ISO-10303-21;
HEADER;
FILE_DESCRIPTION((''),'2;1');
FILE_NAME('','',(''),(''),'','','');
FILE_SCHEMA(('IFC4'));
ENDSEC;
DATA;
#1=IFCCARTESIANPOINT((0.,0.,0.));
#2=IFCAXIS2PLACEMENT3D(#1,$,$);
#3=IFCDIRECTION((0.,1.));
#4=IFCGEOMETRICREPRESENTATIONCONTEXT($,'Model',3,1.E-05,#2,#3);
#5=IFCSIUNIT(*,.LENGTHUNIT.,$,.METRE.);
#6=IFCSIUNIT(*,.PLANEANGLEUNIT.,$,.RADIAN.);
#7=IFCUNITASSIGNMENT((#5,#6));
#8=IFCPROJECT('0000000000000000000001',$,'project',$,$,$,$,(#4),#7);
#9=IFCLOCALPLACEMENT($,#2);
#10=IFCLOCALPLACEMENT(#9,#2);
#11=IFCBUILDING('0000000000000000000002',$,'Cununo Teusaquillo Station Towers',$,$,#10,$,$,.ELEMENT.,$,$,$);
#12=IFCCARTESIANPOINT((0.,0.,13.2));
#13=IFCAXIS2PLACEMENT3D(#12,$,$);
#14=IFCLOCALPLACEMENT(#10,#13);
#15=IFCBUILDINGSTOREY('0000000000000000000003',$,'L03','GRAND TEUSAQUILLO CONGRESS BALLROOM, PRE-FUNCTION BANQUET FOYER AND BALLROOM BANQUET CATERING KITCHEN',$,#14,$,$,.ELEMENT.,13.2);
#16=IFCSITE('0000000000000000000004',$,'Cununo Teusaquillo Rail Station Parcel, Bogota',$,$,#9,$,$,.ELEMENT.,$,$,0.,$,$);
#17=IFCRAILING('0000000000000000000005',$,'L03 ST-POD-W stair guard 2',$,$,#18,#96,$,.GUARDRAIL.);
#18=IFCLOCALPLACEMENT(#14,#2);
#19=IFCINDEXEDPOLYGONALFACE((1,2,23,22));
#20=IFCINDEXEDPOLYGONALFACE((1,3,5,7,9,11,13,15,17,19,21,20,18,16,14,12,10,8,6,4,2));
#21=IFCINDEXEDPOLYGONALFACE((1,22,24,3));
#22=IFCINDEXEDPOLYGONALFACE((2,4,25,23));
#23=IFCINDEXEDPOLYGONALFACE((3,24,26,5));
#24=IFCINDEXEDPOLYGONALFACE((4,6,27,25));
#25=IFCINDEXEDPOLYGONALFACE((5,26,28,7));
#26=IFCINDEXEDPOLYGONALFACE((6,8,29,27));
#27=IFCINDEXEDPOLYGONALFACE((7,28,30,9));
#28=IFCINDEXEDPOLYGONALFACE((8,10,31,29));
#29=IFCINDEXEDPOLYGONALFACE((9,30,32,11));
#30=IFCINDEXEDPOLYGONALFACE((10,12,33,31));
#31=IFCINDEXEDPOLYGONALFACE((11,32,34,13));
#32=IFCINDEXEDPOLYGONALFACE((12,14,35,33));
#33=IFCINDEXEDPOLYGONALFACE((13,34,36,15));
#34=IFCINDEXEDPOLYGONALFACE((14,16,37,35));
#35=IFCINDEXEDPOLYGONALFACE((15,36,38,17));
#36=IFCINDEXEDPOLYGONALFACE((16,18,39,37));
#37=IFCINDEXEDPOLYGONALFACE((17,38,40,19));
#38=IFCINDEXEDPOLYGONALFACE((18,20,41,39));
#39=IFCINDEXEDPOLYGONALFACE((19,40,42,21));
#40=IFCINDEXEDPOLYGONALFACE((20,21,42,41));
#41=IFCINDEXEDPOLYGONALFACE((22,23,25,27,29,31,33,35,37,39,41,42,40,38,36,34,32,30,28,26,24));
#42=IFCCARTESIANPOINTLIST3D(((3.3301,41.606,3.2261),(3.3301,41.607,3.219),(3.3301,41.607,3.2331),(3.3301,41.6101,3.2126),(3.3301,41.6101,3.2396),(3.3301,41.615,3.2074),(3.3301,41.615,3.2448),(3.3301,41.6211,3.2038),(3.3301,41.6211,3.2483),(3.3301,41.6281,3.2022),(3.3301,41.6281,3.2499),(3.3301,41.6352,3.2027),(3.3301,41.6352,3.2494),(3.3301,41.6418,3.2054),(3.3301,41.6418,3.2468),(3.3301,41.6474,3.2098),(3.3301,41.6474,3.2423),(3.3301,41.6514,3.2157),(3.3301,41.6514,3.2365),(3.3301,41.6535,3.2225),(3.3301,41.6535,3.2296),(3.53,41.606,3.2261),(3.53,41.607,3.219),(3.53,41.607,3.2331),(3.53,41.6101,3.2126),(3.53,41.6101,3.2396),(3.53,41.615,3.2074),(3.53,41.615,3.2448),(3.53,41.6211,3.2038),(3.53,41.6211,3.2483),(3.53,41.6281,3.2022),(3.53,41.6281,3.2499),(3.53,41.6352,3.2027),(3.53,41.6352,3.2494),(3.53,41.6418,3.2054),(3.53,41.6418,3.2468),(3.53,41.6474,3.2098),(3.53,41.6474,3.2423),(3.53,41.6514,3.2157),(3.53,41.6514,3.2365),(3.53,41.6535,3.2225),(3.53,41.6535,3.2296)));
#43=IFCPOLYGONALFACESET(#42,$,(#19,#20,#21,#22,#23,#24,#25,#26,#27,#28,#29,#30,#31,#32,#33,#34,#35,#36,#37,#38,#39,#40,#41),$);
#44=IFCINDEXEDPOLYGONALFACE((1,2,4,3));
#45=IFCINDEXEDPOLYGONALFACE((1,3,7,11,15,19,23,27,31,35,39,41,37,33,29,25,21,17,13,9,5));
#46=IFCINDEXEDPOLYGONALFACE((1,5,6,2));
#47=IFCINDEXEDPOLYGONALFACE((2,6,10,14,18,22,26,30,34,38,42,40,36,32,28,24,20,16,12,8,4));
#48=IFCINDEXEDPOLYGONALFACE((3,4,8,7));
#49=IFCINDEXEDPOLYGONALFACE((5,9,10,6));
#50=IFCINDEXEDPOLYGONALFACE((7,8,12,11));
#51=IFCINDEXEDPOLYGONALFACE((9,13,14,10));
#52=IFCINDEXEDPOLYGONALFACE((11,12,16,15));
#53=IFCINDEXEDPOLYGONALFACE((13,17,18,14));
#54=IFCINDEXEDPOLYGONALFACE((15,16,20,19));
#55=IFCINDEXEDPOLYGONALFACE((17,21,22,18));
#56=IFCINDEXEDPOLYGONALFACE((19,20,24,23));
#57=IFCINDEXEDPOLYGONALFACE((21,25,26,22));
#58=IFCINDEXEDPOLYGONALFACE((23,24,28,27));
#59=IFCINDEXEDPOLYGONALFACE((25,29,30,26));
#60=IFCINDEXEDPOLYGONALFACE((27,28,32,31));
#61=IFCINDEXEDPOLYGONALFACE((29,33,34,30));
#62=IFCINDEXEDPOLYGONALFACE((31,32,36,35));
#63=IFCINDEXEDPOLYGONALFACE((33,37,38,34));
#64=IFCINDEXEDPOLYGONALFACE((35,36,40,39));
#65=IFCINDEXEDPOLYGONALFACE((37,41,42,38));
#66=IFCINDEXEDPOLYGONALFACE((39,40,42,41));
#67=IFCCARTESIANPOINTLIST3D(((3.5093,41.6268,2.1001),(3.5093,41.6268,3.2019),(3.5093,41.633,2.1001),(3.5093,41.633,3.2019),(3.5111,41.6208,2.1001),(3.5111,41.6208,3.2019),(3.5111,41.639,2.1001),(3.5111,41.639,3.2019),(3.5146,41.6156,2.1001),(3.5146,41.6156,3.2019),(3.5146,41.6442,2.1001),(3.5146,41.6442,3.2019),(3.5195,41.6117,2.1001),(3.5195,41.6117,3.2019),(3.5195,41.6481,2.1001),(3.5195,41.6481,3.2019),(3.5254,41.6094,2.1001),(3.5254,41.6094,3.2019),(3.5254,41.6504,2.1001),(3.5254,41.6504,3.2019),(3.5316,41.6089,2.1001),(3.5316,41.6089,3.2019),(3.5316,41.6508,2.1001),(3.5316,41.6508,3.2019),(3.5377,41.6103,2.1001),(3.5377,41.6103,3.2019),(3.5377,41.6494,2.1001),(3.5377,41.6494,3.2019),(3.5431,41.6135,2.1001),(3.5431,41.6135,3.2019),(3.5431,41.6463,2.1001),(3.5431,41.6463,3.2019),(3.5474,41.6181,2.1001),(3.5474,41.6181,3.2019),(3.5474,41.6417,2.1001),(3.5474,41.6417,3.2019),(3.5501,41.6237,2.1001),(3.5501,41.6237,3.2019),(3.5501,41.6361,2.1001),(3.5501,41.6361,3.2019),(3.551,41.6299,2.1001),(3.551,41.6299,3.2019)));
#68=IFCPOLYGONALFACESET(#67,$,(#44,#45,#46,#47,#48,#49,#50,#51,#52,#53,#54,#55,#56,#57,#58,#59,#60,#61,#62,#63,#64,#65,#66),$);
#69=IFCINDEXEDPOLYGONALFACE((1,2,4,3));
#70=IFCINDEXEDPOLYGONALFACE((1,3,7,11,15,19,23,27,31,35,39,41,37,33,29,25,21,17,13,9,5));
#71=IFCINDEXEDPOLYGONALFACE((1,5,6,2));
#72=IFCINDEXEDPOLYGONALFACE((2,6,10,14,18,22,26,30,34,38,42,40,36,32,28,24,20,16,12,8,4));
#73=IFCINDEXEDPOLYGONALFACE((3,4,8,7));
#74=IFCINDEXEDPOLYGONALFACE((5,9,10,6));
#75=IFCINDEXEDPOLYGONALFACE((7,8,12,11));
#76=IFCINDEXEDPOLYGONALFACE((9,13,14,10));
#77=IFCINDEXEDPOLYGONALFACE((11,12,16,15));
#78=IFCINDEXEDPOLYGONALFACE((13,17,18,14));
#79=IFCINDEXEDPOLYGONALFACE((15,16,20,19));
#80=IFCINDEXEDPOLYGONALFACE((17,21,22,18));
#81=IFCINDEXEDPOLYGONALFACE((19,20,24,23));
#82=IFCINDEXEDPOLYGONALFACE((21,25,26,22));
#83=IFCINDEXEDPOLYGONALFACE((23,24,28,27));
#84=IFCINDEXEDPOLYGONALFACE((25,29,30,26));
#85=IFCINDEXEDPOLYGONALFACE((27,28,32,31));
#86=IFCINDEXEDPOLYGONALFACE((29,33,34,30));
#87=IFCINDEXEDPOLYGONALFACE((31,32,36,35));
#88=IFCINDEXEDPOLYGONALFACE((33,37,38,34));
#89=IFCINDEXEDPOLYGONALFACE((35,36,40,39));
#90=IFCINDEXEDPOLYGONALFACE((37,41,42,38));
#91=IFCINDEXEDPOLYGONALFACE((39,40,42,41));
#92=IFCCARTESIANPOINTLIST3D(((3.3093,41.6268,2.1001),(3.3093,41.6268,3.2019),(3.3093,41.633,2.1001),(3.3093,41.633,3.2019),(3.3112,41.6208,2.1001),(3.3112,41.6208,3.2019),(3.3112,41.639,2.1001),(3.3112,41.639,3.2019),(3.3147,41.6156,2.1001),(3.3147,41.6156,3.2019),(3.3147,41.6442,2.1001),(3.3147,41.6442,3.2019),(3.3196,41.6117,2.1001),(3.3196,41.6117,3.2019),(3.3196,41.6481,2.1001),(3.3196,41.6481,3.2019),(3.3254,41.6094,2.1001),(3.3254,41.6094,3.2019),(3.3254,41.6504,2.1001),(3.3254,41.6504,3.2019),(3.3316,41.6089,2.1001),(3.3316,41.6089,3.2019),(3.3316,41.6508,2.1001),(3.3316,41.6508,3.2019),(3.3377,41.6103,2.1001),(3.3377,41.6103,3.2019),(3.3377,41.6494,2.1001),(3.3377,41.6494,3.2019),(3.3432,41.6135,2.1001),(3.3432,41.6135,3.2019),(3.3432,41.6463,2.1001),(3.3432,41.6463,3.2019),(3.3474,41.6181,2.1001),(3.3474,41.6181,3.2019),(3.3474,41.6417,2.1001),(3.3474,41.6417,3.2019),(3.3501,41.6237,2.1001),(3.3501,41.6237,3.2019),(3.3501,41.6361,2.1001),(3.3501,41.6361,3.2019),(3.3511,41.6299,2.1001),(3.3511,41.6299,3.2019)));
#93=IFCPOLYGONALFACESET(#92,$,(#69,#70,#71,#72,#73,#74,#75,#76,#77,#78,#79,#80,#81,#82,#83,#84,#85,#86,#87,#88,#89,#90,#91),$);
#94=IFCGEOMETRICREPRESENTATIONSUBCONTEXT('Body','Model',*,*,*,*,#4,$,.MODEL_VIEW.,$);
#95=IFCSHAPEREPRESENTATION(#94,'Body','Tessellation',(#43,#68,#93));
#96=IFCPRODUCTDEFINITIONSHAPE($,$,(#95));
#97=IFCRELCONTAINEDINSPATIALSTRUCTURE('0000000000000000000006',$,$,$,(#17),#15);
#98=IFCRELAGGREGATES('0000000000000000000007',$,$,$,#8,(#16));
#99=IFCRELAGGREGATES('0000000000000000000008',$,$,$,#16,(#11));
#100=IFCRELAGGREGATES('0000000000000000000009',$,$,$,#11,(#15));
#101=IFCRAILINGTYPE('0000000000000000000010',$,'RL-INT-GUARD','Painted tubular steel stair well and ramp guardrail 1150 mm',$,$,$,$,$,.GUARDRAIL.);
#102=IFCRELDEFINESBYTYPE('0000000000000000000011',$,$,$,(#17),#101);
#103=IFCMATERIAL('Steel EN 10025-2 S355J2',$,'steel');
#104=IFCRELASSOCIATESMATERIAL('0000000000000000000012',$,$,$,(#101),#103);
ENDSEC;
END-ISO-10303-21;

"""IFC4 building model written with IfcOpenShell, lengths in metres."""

from ifc_helpers import new_model, si_unit, direction, frame, origin, origin_2d, place, context, subcontext, project, spatial, circle, extrude, material, type_object, element, save


model = new_model("IFC4")

# Units and contexts
model_context = context("Model", 3, precision=1e-05, world=origin(), true_north=direction((0.0, 1.0)))
body_context = subcontext(model_context, "Body", "Model", "MODEL_VIEW")
ifc_project = project(units=[si_unit("LENGTHUNIT", "METRE"), si_unit("PLANEANGLEUNIT", "RADIAN")], contexts=[model_context])

# Site, building, storey
site_placement = place(None, origin())
site = spatial("IfcSite", under=ifc_project, at=site_placement, Name="Cununo Teusaquillo Rail Station Parcel, Bogota", CompositionType="ELEMENT", RefElevation=0.0)
building_placement = place(site_placement, origin())
building = spatial("IfcBuilding", under=site, at=building_placement, Name="Cununo Teusaquillo Station Towers", CompositionType="ELEMENT")
storey_placement = place(building_placement, frame((0.0, 0.0, 13.2)))
storey = spatial("IfcBuildingStorey", under=building, at=storey_placement, Name="L03", Description="GRAND TEUSAQUILLO CONGRESS BALLROOM, PRE-FUNCTION BANQUET FOYER AND BALLROOM BANQUET CATERING KITCHEN", CompositionType="ELEMENT", Elevation=13.2)

# Railing
ifc_material_1 = material(Name="Steel EN 10025-2 S355J2", Category="steel")
railing_type_1 = type_object("IfcRailingType", Name="RL-INT-GUARD", Description="Painted tubular steel stair well and ramp guardrail 1150 mm", PredefinedType="GUARDRAIL", material=ifc_material_1)
railing_1_placement = place(storey_placement, frame((3.53, 41.6299, 2.1001)))
element("IfcRailing", 1, at=railing_1_placement, inside=storey, type_object=railing_type_1, Name="L03 ST-POD-W stair guard 2", PredefinedType="GUARDRAIL", context=body_context, shape_type="SweptSolid", body=[
    extrude(circle(Radius=0.0239, at=origin_2d()), frame((0.0, 0.0, 1.126), z_axis=(-1.0, 0.0, 0.0), x_axis=(0.0, -1.0, 0.0)), (0.0, 0.0, 1.0), 0.2),
    extrude(circle(Radius=0.021, at=origin_2d()), origin(), (0.0, 0.0, 1.0), 1.1018),
    extrude(circle(Radius=0.021, at=origin_2d()), frame((-0.2, 0.0, 0.0)), (0.0, 0.0, 1.0), 1.1018),
])

save(model, "model.ifc")
